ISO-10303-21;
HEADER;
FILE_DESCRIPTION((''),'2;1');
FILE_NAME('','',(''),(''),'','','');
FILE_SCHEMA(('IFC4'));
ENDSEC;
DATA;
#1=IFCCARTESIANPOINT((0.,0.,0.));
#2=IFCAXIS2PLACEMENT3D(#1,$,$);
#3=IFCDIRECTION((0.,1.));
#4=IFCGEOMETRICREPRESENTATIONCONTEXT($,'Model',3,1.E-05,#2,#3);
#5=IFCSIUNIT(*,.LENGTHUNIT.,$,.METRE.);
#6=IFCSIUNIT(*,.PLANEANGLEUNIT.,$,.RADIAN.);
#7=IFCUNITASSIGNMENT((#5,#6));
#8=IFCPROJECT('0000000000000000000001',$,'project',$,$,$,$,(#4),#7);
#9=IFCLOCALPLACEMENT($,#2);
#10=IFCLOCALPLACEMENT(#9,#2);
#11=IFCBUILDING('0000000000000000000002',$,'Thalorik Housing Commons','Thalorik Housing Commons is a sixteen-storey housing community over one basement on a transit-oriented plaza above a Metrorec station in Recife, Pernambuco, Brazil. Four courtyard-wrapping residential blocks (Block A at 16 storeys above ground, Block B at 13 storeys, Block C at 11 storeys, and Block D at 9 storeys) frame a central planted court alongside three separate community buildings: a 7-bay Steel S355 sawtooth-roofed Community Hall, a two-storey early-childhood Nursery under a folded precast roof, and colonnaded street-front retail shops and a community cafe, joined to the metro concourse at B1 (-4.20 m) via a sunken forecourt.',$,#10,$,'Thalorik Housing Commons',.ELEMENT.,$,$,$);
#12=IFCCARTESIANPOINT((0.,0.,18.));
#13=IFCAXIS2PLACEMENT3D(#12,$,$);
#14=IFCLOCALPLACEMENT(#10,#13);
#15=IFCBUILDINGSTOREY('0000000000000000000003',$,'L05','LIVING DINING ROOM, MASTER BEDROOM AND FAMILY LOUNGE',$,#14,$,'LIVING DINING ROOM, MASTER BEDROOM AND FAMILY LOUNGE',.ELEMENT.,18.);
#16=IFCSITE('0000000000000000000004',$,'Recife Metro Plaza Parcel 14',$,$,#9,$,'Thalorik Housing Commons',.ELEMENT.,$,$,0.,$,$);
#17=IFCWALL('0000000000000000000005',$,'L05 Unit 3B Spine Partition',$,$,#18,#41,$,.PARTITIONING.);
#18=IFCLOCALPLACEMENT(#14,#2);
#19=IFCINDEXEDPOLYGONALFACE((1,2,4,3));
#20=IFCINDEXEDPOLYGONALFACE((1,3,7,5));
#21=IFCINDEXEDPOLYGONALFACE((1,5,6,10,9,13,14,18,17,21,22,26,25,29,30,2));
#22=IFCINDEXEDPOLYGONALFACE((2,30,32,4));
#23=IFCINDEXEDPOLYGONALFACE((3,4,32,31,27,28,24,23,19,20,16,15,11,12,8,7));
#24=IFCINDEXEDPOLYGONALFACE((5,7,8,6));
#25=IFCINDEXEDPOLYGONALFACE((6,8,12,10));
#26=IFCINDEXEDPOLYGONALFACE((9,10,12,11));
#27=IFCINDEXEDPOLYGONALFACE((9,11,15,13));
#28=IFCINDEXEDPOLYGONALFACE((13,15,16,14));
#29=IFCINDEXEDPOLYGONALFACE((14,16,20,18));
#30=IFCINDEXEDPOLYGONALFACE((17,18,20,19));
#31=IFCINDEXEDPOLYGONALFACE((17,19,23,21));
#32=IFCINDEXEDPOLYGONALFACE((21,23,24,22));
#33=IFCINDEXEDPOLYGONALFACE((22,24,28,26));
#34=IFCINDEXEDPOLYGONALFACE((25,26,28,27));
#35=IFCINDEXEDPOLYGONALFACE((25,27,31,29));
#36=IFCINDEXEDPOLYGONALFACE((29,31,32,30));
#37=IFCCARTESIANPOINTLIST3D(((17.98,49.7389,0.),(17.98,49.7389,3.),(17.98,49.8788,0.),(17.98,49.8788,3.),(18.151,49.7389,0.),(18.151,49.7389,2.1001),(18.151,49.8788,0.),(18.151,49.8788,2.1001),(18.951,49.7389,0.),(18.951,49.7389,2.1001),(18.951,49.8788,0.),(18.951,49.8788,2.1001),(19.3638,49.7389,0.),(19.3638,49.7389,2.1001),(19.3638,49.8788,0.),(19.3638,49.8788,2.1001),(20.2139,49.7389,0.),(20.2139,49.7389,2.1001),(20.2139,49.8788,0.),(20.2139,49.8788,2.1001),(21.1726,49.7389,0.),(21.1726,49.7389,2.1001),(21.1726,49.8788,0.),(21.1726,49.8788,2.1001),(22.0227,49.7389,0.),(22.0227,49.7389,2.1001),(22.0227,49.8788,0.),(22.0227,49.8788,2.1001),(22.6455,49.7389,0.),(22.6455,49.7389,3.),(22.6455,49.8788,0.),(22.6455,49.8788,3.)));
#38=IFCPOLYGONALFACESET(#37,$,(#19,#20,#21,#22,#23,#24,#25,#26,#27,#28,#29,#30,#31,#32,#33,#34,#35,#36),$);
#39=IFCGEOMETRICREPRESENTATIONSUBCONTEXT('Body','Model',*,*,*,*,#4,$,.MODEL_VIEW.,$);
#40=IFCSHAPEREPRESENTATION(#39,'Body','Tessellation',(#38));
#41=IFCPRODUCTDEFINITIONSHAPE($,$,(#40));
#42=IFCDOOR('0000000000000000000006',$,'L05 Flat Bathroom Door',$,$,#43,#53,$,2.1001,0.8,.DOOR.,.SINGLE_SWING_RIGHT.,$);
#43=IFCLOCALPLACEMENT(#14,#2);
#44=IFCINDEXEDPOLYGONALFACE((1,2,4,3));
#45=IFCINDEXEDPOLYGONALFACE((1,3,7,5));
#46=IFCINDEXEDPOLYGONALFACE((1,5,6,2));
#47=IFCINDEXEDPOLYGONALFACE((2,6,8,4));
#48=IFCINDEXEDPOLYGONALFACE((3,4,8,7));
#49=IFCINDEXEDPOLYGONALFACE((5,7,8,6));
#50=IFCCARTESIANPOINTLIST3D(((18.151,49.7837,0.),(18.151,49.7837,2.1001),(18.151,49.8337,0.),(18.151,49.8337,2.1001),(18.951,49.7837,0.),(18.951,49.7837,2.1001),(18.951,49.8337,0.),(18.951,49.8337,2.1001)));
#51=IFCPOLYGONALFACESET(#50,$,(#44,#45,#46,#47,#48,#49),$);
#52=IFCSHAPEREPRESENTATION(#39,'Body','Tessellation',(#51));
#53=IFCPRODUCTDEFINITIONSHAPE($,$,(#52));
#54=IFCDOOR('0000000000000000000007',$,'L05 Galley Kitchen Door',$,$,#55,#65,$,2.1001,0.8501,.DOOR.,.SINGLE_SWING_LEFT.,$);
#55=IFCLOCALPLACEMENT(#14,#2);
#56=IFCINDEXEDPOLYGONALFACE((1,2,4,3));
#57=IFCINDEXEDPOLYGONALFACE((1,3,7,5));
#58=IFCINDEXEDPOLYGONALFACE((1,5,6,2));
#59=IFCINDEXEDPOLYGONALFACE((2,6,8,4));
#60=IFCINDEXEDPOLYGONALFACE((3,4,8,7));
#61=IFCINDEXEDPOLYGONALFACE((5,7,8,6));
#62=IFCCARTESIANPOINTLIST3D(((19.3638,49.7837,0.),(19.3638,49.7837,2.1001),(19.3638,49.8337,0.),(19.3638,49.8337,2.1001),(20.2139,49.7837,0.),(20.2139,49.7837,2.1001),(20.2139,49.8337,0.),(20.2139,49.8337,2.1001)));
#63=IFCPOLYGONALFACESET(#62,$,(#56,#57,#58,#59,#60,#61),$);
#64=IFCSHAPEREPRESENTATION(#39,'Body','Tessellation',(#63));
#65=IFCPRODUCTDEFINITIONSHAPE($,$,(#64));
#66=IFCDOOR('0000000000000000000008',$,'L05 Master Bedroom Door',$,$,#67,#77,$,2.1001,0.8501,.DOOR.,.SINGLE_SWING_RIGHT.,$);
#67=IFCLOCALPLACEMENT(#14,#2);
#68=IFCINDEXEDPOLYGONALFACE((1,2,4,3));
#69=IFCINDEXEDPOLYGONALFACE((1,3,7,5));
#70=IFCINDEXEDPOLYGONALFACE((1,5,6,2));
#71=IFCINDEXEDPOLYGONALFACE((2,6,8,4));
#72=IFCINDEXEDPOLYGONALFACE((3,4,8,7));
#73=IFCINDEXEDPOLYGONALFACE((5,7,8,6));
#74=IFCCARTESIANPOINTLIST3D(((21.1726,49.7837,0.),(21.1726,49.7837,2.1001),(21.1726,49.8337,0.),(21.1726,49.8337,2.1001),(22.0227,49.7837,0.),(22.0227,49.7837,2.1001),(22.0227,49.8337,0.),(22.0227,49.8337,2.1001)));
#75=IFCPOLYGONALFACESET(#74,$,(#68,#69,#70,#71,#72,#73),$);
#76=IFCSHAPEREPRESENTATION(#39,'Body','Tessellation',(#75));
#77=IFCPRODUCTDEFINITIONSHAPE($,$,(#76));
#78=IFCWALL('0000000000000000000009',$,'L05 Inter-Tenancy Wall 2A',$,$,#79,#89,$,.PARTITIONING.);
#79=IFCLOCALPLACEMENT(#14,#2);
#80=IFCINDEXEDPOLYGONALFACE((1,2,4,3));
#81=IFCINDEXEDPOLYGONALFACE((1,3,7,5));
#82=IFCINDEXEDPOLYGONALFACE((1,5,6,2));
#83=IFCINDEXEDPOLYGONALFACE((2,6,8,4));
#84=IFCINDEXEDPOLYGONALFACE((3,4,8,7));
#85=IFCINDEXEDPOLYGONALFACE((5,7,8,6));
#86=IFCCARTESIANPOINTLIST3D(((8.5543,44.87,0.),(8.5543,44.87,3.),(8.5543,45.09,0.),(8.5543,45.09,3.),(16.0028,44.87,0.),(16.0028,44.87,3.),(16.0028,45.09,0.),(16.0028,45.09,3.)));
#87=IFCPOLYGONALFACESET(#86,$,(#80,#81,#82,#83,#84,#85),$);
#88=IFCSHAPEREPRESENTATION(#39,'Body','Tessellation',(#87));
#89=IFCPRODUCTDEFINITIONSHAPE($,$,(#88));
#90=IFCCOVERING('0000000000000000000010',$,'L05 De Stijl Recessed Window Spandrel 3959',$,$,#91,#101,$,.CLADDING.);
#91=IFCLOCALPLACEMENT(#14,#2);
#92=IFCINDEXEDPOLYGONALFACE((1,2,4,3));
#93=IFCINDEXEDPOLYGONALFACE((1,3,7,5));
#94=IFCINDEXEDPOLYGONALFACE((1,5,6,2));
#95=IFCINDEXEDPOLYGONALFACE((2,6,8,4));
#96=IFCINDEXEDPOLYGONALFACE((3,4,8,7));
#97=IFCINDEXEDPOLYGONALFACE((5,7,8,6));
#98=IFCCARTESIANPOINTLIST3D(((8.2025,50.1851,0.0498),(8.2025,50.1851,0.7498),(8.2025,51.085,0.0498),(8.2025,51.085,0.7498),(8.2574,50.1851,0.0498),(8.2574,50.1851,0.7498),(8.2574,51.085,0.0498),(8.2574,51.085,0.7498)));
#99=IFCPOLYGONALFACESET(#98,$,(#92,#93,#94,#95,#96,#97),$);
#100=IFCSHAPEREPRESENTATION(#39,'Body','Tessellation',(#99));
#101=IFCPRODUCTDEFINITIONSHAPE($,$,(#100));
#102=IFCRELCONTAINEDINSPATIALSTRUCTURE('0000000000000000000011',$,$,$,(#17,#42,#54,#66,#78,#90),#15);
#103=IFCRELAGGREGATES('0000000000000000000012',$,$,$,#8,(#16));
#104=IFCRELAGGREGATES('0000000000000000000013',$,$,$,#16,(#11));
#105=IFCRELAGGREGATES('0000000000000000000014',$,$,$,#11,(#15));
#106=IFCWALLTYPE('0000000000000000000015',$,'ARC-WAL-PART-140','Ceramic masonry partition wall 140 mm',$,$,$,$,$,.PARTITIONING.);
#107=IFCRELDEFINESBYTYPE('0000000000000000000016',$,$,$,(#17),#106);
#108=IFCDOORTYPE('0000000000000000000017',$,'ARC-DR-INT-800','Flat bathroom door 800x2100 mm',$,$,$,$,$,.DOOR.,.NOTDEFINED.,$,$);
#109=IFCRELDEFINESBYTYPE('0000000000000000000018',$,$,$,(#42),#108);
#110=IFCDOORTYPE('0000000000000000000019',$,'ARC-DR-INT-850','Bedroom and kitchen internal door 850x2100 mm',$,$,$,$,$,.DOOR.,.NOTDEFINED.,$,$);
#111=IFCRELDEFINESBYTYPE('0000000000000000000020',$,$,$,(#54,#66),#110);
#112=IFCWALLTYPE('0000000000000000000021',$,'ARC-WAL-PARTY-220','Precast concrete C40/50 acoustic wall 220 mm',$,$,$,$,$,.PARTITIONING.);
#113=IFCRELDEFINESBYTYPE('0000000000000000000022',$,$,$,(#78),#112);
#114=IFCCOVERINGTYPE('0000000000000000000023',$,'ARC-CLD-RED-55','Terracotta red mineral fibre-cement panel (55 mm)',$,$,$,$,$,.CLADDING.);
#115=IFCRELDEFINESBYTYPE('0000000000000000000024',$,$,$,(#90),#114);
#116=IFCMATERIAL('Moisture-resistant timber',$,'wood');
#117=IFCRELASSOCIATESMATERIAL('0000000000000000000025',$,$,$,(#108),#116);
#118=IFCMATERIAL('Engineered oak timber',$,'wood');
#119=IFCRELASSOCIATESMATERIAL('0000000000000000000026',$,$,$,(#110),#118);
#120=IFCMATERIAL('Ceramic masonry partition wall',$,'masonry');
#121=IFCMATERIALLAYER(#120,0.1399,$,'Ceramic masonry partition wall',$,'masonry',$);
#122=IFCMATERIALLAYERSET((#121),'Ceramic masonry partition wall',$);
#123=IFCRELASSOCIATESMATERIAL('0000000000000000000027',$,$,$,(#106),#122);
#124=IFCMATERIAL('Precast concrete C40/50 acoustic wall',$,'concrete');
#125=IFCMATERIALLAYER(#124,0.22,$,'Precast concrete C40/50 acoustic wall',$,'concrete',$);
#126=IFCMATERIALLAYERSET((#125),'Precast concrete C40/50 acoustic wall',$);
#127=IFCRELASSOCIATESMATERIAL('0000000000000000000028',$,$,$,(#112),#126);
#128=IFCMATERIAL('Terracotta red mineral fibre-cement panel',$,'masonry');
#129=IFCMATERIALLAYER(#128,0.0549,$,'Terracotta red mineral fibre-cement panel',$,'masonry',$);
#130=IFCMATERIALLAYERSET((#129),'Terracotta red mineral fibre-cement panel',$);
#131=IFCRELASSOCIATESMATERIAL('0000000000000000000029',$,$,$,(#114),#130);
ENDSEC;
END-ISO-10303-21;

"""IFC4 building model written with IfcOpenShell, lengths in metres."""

from ifc_helpers import new_model, si_unit, direction, frame, frame_2d, origin, origin_2d, place, context, subcontext, project, spatial, rectangle, extrude, material, layer, layer_set, type_object, element, fill, save


model = new_model("IFC4")

# Units and contexts
model_context = context("Model", 3, precision=1e-05, world=origin(), true_north=direction((0.0, 1.0)))
body_context = subcontext(model_context, "Body", "Model", "MODEL_VIEW")
ifc_project = project(units=[si_unit("LENGTHUNIT", "METRE"), si_unit("PLANEANGLEUNIT", "RADIAN")], contexts=[model_context])

# Site, building, storey
site_placement = place(None, origin())
site = spatial("IfcSite", under=ifc_project, at=site_placement, Name="Recife Metro Plaza Parcel 14", LongName="Thalorik Housing Commons", CompositionType="ELEMENT", RefElevation=0.0)
building_placement = place(site_placement, origin())
building = spatial("IfcBuilding", under=site, at=building_placement, Name="Thalorik Housing Commons", Description="Thalorik Housing Commons is a sixteen-storey housing community over one basement on a transit-oriented plaza above a Metrorec station in Recife, Pernambuco, Brazil. Four courtyard-wrapping residential blocks (Block A at 16 storeys above ground, Block B at 13 storeys, Block C at 11 storeys, and Block D at 9 storeys) frame a central planted court alongside three separate community buildings: a 7-bay Steel S355 sawtooth-roofed Community Hall, a two-storey early-childhood Nursery under a folded precast roof, and colonnaded street-front retail shops and a community cafe, joined to the metro concourse at B1 (-4.20 m) via a sunken forecourt.", LongName="Thalorik Housing Commons", CompositionType="ELEMENT")
storey_placement = place(building_placement, frame((0.0, 0.0, 18.0)))
storey = spatial("IfcBuildingStorey", under=building, at=storey_placement, Name="L05", Description="LIVING DINING ROOM, MASTER BEDROOM AND FAMILY LOUNGE", LongName="LIVING DINING ROOM, MASTER BEDROOM AND FAMILY LOUNGE", CompositionType="ELEMENT", Elevation=18.0)

# Wall, openings, doors
ifc_material_1 = material(Name="Moisture-resistant timber", Category="wood")
door_type_1 = type_object("IfcDoorType", Name="ARC-DR-INT-800", Description="Flat bathroom door 800x2100 mm", OperationType="NOTDEFINED", PredefinedType="DOOR", material=ifc_material_1)
ifc_material_2 = material(Name="Engineered oak timber", Category="wood")
door_type_2 = type_object("IfcDoorType", Name="ARC-DR-INT-850", Description="Bedroom and kitchen internal door 850x2100 mm", OperationType="NOTDEFINED", PredefinedType="DOOR", material=ifc_material_2)
ifc_material_3 = material(Name="Ceramic masonry partition wall", Category="masonry")
ifc_layer_1 = layer(ifc_material_3, 0.1399, Name="Ceramic masonry partition wall", Category="masonry")
ifc_layer_set_1 = layer_set([ifc_layer_1], Name="Ceramic masonry partition wall")
wall_type_1 = type_object("IfcWallType", Name="ARC-WAL-PART-140", Description="Ceramic masonry partition wall 140 mm", PredefinedType="PARTITIONING", material=ifc_layer_set_1)
wall_1_placement = place(storey_placement, frame((17.98, 49.8088, 0.0), z_axis=(0.0, 0.0, 1.0), x_axis=(1.0, 0.0, 0.0)))
wall_1 = element("IfcWall", 1, at=wall_1_placement, inside=storey, type_object=wall_type_1, Name="L05 Unit 3B Spine Partition", PredefinedType="PARTITIONING", context=body_context, shape_type="SweptSolid", body=[
    extrude(rectangle(XDim=4.6655, YDim=0.1399, at=frame_2d((2.3328, 0.0))), origin(), (0.0, 0.0, 1.0), 3.0),
])
opening_1_placement = place(wall_1_placement, frame((0.1711, 0.0, 0.0)))
opening_1 = element("IfcOpeningElement", 2, at=opening_1_placement, cuts=wall_1, PredefinedType="OPENING", context=body_context, shape_type="SweptSolid", body=[
    extrude(rectangle(XDim=0.8, YDim=2.1001, at=frame_2d((0.3999, 1.05))), frame((0.0, 0.0801, 0.0), z_axis=(0.0, -1.0, 0.0), x_axis=(1.0, 0.0, 0.0)), (0.0, 0.0, 1.0), 0.1599),
])
opening_2_placement = place(wall_1_placement, frame((1.3838, 0.0, 0.0)))
opening_2 = element("IfcOpeningElement", 3, at=opening_2_placement, cuts=wall_1, PredefinedType="OPENING", context=body_context, shape_type="SweptSolid", body=[
    extrude(rectangle(XDim=0.8501, YDim=2.1001, at=frame_2d((0.425, 1.05))), frame((0.0, 0.0801, 0.0), z_axis=(0.0, -1.0, 0.0), x_axis=(1.0, 0.0, 0.0)), (0.0, 0.0, 1.0), 0.1599),
])
opening_3_placement = place(wall_1_placement, frame((3.1926, 0.0, 0.0)))
opening_3 = element("IfcOpeningElement", 4, at=opening_3_placement, cuts=wall_1, PredefinedType="OPENING", context=body_context, shape_type="SweptSolid", body=[
    extrude(rectangle(XDim=0.8501, YDim=2.1001, at=frame_2d((0.425, 1.05))), frame((0.0, 0.0801, 0.0), z_axis=(0.0, -1.0, 0.0), x_axis=(1.0, 0.0, 0.0)), (0.0, 0.0, 1.0), 0.1599),
])
door_1_placement = place(opening_1_placement, origin())
door_1 = element("IfcDoor", 5, at=door_1_placement, inside=storey, type_object=door_type_1, Name="L05 Flat Bathroom Door", OperationType="SINGLE_SWING_RIGHT", OverallHeight=2.1001, OverallWidth=0.8, PredefinedType="DOOR", context=body_context, shape_type="SweptSolid", body=[
    extrude(rectangle(XDim=0.8, YDim=2.1001, at=frame_2d((0.3999, 1.05))), frame((0.0, 0.0249, 0.0), z_axis=(0.0, -1.0, 0.0), x_axis=(1.0, 0.0, 0.0)), (0.0, 0.0, 1.0), 0.05),
])
fill(opening_1, door_1)
door_2_placement = place(opening_2_placement, origin())
door_2 = element("IfcDoor", 6, at=door_2_placement, inside=storey, type_object=door_type_2, Name="L05 Galley Kitchen Door", OperationType="SINGLE_SWING_LEFT", OverallHeight=2.1001, OverallWidth=0.8501, PredefinedType="DOOR", context=body_context, shape_type="SweptSolid", body=[
    extrude(rectangle(XDim=0.8501, YDim=2.1001, at=frame_2d((0.425, 1.05))), frame((0.0, 0.0249, 0.0), z_axis=(0.0, -1.0, 0.0), x_axis=(1.0, 0.0, 0.0)), (0.0, 0.0, 1.0), 0.05),
])
fill(opening_2, door_2)
door_3_placement = place(opening_3_placement, origin())
door_3 = element("IfcDoor", 7, at=door_3_placement, inside=storey, type_object=door_type_2, Name="L05 Master Bedroom Door", OperationType="SINGLE_SWING_RIGHT", OverallHeight=2.1001, OverallWidth=0.8501, PredefinedType="DOOR", context=body_context, shape_type="SweptSolid", body=[
    extrude(rectangle(XDim=0.8501, YDim=2.1001, at=frame_2d((0.425, 1.05))), frame((0.0, 0.0249, 0.0), z_axis=(0.0, -1.0, 0.0), x_axis=(1.0, 0.0, 0.0)), (0.0, 0.0, 1.0), 0.05),
])
fill(opening_3, door_3)

# Wall
ifc_material_4 = material(Name="Precast concrete C40/50 acoustic wall", Category="concrete")
ifc_layer_2 = layer(ifc_material_4, 0.22, Name="Precast concrete C40/50 acoustic wall", Category="concrete")
ifc_layer_set_2 = layer_set([ifc_layer_2], Name="Precast concrete C40/50 acoustic wall")
wall_type_2 = type_object("IfcWallType", Name="ARC-WAL-PARTY-220", Description="Precast concrete C40/50 acoustic wall 220 mm", PredefinedType="PARTITIONING", material=ifc_layer_set_2)
wall_2_placement = place(storey_placement, frame((8.5544, 44.98, 0.0), z_axis=(0.0, 0.0, 1.0), x_axis=(1.0, 0.0, 0.0)))
element("IfcWall", 8, at=wall_2_placement, inside=storey, type_object=wall_type_2, Name="L05 Inter-Tenancy Wall 2A", PredefinedType="PARTITIONING", context=body_context, shape_type="SweptSolid", body=[
    extrude(rectangle(XDim=7.4485, YDim=0.22, at=frame_2d((3.7241, 0.0))), origin(), (0.0, 0.0, 1.0), 3.0),
])

# Covering
ifc_material_5 = material(Name="Terracotta red mineral fibre-cement panel", Category="masonry")
ifc_layer_3 = layer(ifc_material_5, 0.0549, Name="Terracotta red mineral fibre-cement panel", Category="masonry")
ifc_layer_set_3 = layer_set([ifc_layer_3], Name="Terracotta red mineral fibre-cement panel")
covering_type_1 = type_object("IfcCoveringType", Name="ARC-CLD-RED-55", Description="Terracotta red mineral fibre-cement panel (55 mm)", PredefinedType="CLADDING", material=ifc_layer_set_3)
covering_1_placement = place(storey_placement, frame((8.23, 50.635, 0.0498), z_axis=(0.0, 0.0, 1.0), x_axis=(0.0, -1.0, 0.0)))
element("IfcCovering", 9, at=covering_1_placement, inside=storey, type_object=covering_type_1, Name="L05 De Stijl Recessed Window Spandrel 3959", PredefinedType="CLADDING", context=body_context, shape_type="SweptSolid", body=[
    extrude(rectangle(XDim=0.8999, YDim=0.0549, at=origin_2d()), origin(), (0.0, 0.0, 1.0), 0.7),
])

save(model, "model.ifc")
